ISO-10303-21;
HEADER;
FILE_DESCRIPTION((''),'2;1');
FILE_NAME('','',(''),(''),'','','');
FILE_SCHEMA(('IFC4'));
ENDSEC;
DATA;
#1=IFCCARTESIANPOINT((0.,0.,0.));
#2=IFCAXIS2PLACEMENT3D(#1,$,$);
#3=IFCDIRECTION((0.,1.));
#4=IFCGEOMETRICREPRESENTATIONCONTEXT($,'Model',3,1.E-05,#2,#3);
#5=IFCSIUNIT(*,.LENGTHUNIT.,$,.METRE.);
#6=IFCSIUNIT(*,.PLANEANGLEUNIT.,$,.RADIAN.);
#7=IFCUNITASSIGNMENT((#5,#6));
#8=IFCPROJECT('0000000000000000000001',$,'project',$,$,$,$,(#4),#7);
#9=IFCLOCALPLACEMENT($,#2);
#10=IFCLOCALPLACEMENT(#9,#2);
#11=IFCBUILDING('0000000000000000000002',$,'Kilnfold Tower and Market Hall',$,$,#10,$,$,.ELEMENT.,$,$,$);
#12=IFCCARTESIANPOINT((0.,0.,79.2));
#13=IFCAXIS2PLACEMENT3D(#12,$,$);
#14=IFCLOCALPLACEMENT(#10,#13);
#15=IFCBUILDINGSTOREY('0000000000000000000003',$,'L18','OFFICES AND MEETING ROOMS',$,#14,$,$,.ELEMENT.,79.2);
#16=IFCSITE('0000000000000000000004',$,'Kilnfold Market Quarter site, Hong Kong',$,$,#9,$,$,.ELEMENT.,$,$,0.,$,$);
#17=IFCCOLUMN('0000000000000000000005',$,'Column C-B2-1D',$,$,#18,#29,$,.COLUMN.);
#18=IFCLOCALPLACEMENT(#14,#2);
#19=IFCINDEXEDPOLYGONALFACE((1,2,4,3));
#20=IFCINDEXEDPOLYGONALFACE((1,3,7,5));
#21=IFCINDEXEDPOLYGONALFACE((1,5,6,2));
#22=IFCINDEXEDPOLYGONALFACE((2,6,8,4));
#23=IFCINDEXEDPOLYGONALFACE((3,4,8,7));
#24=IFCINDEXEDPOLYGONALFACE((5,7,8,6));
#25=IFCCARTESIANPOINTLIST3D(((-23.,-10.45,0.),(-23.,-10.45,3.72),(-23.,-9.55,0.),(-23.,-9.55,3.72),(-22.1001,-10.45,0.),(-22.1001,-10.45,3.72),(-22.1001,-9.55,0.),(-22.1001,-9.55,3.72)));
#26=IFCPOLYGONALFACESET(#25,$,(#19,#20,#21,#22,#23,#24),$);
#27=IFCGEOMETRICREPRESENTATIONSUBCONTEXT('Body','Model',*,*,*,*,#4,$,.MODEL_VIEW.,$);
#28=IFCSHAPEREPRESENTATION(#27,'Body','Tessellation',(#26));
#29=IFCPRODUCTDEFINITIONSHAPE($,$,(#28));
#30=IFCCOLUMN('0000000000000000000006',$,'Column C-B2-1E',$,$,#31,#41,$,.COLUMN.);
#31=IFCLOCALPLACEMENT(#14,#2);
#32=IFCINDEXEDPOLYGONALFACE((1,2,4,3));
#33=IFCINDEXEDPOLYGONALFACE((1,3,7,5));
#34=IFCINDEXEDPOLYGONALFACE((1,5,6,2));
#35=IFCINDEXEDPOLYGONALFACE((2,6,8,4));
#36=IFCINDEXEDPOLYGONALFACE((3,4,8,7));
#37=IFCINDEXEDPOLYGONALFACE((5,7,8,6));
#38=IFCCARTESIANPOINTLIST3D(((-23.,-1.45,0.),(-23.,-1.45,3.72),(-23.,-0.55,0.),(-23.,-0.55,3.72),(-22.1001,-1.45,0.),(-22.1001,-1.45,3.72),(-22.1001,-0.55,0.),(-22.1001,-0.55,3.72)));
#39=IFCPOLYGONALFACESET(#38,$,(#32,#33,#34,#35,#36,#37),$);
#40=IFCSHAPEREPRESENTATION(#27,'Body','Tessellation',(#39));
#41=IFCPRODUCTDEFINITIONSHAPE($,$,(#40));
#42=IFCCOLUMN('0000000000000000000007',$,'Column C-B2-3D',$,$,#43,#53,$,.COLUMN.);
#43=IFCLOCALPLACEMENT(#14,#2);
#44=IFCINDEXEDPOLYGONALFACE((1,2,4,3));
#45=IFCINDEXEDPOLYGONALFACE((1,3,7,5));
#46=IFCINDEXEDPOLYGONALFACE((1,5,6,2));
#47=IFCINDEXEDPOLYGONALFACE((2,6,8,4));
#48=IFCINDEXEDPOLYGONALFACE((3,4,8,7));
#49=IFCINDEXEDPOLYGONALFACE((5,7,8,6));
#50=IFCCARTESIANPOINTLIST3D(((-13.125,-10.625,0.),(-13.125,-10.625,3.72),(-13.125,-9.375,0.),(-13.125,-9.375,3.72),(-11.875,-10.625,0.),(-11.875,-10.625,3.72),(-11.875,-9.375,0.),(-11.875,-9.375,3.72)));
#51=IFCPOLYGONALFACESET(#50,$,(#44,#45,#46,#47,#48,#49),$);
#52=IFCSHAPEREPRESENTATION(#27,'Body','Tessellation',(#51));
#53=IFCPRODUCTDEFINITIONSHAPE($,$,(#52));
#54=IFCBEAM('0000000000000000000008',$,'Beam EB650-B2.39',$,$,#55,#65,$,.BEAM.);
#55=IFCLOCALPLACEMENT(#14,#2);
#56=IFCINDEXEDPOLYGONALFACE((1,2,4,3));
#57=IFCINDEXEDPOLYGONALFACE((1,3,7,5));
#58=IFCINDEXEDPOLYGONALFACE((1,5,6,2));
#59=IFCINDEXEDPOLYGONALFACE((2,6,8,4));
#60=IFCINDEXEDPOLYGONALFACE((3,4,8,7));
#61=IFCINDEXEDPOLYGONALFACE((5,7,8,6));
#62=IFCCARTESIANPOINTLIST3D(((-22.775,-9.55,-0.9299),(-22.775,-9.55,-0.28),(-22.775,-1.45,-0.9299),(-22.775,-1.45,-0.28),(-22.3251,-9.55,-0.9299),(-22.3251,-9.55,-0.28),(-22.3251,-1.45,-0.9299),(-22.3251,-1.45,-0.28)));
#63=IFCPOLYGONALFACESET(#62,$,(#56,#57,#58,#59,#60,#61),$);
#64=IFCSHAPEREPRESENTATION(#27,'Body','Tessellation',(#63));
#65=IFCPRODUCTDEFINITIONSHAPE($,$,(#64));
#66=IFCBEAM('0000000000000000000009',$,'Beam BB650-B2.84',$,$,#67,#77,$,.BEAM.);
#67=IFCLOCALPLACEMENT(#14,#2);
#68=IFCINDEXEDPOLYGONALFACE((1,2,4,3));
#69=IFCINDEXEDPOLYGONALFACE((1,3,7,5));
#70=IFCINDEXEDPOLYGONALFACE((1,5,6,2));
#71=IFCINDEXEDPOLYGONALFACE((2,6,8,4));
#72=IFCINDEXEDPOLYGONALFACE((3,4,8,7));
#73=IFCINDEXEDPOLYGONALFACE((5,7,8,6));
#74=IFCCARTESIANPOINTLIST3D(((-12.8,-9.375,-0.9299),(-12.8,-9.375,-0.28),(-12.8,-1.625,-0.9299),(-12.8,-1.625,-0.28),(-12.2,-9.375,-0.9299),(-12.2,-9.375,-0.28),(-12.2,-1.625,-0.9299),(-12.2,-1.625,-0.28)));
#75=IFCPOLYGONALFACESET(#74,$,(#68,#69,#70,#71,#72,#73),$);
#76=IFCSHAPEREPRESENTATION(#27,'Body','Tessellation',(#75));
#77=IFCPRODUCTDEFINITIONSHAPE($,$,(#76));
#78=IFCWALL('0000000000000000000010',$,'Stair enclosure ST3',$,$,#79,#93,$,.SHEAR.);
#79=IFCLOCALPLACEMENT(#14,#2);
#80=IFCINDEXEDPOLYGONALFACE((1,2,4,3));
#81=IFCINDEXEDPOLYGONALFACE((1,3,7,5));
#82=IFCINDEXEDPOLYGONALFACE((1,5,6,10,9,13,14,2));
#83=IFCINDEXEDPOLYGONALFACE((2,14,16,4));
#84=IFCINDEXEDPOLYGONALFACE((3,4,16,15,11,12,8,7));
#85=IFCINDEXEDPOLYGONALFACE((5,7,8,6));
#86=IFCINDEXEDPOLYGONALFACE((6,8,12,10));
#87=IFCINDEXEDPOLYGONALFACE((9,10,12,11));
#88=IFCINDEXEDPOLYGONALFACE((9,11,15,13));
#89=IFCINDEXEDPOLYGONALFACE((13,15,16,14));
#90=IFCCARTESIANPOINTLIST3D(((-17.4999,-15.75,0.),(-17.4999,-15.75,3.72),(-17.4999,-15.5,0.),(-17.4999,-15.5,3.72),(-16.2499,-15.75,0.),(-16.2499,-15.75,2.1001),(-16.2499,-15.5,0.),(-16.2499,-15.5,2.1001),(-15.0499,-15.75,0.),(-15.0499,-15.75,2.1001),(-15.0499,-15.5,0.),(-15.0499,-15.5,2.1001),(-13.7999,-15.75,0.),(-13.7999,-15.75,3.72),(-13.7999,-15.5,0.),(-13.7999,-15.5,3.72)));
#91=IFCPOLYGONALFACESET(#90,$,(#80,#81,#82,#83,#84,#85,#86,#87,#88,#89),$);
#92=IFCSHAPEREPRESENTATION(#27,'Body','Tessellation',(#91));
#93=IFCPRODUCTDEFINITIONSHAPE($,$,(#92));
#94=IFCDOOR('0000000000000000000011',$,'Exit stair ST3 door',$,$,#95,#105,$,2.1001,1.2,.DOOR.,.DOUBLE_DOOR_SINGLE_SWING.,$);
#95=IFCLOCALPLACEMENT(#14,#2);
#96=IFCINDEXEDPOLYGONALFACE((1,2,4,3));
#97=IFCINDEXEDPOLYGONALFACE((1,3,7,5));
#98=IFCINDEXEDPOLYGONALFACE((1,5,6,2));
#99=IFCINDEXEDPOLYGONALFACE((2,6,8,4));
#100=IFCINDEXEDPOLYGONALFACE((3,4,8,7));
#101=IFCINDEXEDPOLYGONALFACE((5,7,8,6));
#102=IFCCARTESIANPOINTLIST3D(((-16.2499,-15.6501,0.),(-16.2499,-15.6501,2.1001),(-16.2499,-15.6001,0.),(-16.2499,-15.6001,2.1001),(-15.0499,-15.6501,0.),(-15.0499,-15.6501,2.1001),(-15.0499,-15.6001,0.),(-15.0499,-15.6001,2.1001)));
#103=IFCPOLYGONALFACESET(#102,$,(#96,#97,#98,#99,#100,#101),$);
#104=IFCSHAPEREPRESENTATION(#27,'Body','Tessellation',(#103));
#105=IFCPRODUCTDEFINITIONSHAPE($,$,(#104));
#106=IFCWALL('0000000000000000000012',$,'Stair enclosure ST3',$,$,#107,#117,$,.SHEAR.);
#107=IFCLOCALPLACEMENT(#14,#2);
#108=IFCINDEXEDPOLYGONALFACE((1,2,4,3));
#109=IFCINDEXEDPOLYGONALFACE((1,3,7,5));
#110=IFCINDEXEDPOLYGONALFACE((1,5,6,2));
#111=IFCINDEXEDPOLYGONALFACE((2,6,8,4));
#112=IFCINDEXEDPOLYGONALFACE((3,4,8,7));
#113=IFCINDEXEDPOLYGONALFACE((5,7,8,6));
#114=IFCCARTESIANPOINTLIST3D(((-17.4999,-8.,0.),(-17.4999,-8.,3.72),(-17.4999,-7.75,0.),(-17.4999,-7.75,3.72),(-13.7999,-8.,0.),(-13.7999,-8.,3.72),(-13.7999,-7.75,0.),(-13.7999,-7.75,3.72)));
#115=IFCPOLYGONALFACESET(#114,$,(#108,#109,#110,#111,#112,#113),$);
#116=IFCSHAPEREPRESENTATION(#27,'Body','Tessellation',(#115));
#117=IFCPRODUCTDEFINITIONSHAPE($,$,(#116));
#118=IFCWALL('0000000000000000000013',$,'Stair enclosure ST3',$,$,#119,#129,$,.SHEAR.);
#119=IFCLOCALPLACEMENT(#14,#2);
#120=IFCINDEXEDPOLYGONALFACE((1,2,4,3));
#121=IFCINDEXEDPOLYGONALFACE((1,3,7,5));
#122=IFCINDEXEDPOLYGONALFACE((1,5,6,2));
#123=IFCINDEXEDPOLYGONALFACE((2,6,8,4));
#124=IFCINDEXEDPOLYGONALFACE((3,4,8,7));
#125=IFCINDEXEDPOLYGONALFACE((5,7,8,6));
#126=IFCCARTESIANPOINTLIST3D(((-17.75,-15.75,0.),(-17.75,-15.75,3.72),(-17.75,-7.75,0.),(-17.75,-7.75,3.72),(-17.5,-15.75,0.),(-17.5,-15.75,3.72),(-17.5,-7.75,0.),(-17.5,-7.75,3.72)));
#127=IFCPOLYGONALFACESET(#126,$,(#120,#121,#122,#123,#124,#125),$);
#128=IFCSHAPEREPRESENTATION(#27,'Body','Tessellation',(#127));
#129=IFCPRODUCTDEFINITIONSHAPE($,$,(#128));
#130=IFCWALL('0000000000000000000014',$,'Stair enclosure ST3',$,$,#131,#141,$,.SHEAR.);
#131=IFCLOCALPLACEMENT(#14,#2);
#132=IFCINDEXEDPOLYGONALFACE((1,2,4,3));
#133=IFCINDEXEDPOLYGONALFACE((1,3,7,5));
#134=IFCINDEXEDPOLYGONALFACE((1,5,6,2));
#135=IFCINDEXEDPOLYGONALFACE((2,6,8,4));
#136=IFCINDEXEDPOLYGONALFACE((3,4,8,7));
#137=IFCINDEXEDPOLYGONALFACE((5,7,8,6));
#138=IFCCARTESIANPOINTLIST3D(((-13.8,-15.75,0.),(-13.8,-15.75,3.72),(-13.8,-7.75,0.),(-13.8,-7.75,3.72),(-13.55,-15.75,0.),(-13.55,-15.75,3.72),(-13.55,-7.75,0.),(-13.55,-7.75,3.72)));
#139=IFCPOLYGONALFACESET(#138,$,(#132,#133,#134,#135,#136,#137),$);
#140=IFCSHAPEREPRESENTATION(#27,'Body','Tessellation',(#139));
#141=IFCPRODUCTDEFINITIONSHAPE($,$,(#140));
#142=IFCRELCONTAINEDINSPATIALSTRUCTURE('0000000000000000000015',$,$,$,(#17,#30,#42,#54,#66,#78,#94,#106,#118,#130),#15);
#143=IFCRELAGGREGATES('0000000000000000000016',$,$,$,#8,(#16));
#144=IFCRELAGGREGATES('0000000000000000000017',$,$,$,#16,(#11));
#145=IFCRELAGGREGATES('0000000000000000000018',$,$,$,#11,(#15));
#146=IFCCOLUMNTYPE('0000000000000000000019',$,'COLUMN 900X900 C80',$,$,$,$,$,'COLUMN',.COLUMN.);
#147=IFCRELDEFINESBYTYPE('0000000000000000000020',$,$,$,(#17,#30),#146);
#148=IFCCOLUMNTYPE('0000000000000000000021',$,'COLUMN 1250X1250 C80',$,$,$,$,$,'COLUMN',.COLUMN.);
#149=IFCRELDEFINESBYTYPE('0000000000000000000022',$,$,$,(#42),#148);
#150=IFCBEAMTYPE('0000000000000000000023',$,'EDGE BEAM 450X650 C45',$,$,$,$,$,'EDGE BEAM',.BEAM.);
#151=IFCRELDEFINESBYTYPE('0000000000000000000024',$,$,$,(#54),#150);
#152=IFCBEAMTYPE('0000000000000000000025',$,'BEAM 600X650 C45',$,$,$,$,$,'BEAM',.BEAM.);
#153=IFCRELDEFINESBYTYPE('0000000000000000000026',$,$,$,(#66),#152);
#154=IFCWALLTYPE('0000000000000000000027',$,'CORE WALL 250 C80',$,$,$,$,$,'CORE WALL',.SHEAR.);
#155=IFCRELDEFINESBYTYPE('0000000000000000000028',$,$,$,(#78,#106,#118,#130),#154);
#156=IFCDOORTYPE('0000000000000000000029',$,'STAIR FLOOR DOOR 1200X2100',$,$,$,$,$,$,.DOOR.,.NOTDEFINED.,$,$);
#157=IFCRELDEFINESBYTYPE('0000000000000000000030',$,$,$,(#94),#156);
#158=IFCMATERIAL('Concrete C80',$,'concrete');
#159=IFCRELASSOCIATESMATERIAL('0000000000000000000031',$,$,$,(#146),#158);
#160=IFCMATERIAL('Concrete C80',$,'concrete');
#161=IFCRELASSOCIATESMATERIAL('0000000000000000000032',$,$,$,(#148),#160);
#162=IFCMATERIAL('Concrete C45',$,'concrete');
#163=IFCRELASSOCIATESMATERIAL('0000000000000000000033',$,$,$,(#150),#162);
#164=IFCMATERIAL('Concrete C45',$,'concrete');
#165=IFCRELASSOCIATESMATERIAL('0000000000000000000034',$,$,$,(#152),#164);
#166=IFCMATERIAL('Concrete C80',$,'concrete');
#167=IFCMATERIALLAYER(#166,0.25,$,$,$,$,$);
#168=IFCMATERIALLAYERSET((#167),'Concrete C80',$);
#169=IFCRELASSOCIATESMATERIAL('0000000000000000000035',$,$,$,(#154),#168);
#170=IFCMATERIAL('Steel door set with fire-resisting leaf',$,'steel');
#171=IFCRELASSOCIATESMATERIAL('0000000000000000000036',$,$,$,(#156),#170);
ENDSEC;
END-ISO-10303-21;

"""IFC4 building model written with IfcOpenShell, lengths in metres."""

from ifc_helpers import new_model, si_unit, direction, frame, frame_2d, origin, origin_2d, place, context, subcontext, project, spatial, rectangle, extrude, source, transform, mapped, material, layer, layer_set, material_profile, profile_set, type_object, element, fill, save


model = new_model("IFC4")

# Units and contexts
model_context = context("Model", 3, precision=1e-05, world=origin(), true_north=direction((0.0, 1.0)))
body_context = subcontext(model_context, "Body", "Model", "MODEL_VIEW")
ifc_project = project(units=[si_unit("LENGTHUNIT", "METRE"), si_unit("PLANEANGLEUNIT", "RADIAN")], contexts=[model_context])

# Site, building, storey
site_placement = place(None, origin())
site = spatial("IfcSite", under=ifc_project, at=site_placement, Name="Kilnfold Market Quarter site, Hong Kong", CompositionType="ELEMENT", RefElevation=0.0)
building_placement = place(site_placement, origin())
building = spatial("IfcBuilding", under=site, at=building_placement, Name="Kilnfold Tower and Market Hall", CompositionType="ELEMENT")
storey_placement = place(building_placement, frame((0.0, 0.0, 79.2)))
storey = spatial("IfcBuildingStorey", under=building, at=storey_placement, Name="L18", Description="OFFICES AND MEETING ROOMS", CompositionType="ELEMENT", Elevation=79.2)

# Columns
ifc_material_1 = material(Name="Concrete C80", Category="concrete")
ifc_material_profile_1 = material_profile(ifc_material_1, rectangle(XDim=0.8999, YDim=0.8999, at=origin_2d()), Name="RC 900x900")
ifc_profile_set_1 = profile_set([ifc_material_profile_1], Name="Concrete C80")
column_type_1 = type_object("IfcColumnType", Name="COLUMN 900X900 C80", ElementType="COLUMN", PredefinedType="COLUMN", material=ifc_profile_set_1)
shared_shape_1 = source(origin(), body_context, "Body", "SweptSolid", [
    extrude(rectangle(XDim=0.8999, YDim=0.8999, at=origin_2d()), origin(), (0.0, 0.0, 1.0), 3.72),
])
for number, where, z_axis, x_axis, name in (
    (1, (-22.55, -10.0, 0.0), (0.0, 0.0, 1.0), (1.0, 0.0, 0.0), "Column C-B2-1D"),
    (2, (-22.55, -1.0, 0.0), (0.0, 0.0, 1.0), (1.0, 0.0, 0.0), "Column C-B2-1E"),
):
    element("IfcColumn", number, at=place(storey_placement, frame(where, z_axis=z_axis, x_axis=x_axis)), inside=storey, type_object=column_type_1, Name=name, PredefinedType="COLUMN", context=body_context, shape_type="MappedRepresentation", body=[
        mapped(shared_shape_1, transform((0.0, 0.0, 0.0))),
    ])
ifc_material_2 = material(Name="Concrete C80", Category="concrete")
ifc_material_profile_2 = material_profile(ifc_material_2, rectangle(XDim=1.25, YDim=1.25, at=origin_2d()), Name="RC 1250x1250")
ifc_profile_set_2 = profile_set([ifc_material_profile_2], Name="Concrete C80")
column_type_2 = type_object("IfcColumnType", Name="COLUMN 1250X1250 C80", ElementType="COLUMN", PredefinedType="COLUMN", material=ifc_profile_set_2)
shared_shape_2 = source(origin(), body_context, "Body", "SweptSolid", [
    extrude(rectangle(XDim=1.25, YDim=1.25, at=origin_2d()), origin(), (0.0, 0.0, 1.0), 3.72),
])
column_placement = place(storey_placement, frame((-12.5, -10.0, 0.0), z_axis=(0.0, 0.0, 1.0), x_axis=(1.0, 0.0, 0.0)))
element("IfcColumn", 3, at=column_placement, inside=storey, type_object=column_type_2, Name="Column C-B2-3D", PredefinedType="COLUMN", context=body_context, shape_type="MappedRepresentation", body=[
    mapped(shared_shape_2, transform((0.0, 0.0, 0.0))),
])

# Beams
ifc_material_3 = material(Name="Concrete C45", Category="concrete")
ifc_material_profile_3 = material_profile(ifc_material_3, rectangle(XDim=0.45, YDim=0.6499, at=origin_2d()), Name="RC 450x650")
ifc_profile_set_3 = profile_set([ifc_material_profile_3], Name="Concrete C45")
beam_type_1 = type_object("IfcBeamType", Name="EDGE BEAM 450X650 C45", ElementType="EDGE BEAM", PredefinedType="BEAM", material=ifc_profile_set_3)
shared_shape_3 = source(origin(), body_context, "Body", "SweptSolid", [
    extrude(rectangle(XDim=0.45, YDim=0.6499, at=origin_2d()), origin(), (0.0, 0.0, 1.0), 8.1001),
])
beam_1_placement = place(storey_placement, frame((-22.55, -9.55, -0.605), z_axis=(0.0, 1.0, 0.0), x_axis=(-1.0, 0.0, 0.0)))
element("IfcBeam", 4, at=beam_1_placement, inside=storey, type_object=beam_type_1, Name="Beam EB650-B2.39", PredefinedType="BEAM", context=body_context, shape_type="MappedRepresentation", body=[
    mapped(shared_shape_3, transform((0.0, 0.0, 0.0))),
])
ifc_material_4 = material(Name="Concrete C45", Category="concrete")
ifc_material_profile_4 = material_profile(ifc_material_4, rectangle(XDim=0.6001, YDim=0.6499, at=origin_2d()), Name="RC 600x650")
ifc_profile_set_4 = profile_set([ifc_material_profile_4], Name="Concrete C45")
beam_type_2 = type_object("IfcBeamType", Name="BEAM 600X650 C45", ElementType="BEAM", PredefinedType="BEAM", material=ifc_profile_set_4)
shared_shape_4 = source(origin(), body_context, "Body", "SweptSolid", [
    extrude(rectangle(XDim=0.6001, YDim=0.6499, at=origin_2d()), origin(), (0.0, 0.0, 1.0), 7.75),
])
beam_2_placement = place(storey_placement, frame((-12.5, -9.375, -0.605), z_axis=(0.0, 1.0, 0.0), x_axis=(-1.0, 0.0, 0.0)))
element("IfcBeam", 5, at=beam_2_placement, inside=storey, type_object=beam_type_2, Name="Beam BB650-B2.84", PredefinedType="BEAM", context=body_context, shape_type="MappedRepresentation", body=[
    mapped(shared_shape_4, transform((0.0, 0.0, 0.0))),
])

# Wall, opening, door
ifc_material_5 = material(Name="Concrete C80", Category="concrete")
ifc_layer_1 = layer(ifc_material_5, 0.25)
ifc_layer_set_1 = layer_set([ifc_layer_1], Name="Concrete C80")
wall_type_1 = type_object("IfcWallType", Name="CORE WALL 250 C80", ElementType="CORE WALL", PredefinedType="SHEAR", material=ifc_layer_set_1)
shared_shape_5 = source(origin(), body_context, "Body", "SweptSolid", [
    extrude(rectangle(XDim=3.7, YDim=0.25, at=frame_2d((1.8501, 0.0))), origin(), (0.0, 0.0, 1.0), 3.72),
])
wall_1_placement = place(storey_placement, frame((-17.5, -15.625, 0.0), z_axis=(0.0, 0.0, 1.0), x_axis=(1.0, 0.0, 0.0)))
wall_1 = element("IfcWall", 6, at=wall_1_placement, inside=storey, type_object=wall_type_1, Name="Stair enclosure ST3", PredefinedType="SHEAR", context=body_context, shape_type="MappedRepresentation", body=[
    mapped(shared_shape_5, transform((0.0, 0.0, 0.0))),
])
opening_1_placement = place(wall_1_placement, frame((1.25, 0.0, 0.0)))
opening_1 = element("IfcOpeningElement", 7, at=opening_1_placement, cuts=wall_1, PredefinedType="OPENING", context=body_context, shape_type="SweptSolid", body=[
    extrude(rectangle(XDim=1.2, YDim=2.1001, at=frame_2d((0.6001, 1.05))), frame((0.0, 0.135, 0.0), z_axis=(0.0, -1.0, 0.0), x_axis=(1.0, 0.0, 0.0)), (0.0, 0.0, 1.0), 0.27),
])
ifc_material_6 = material(Name="Steel door set with fire-resisting leaf", Category="steel")
door_type = type_object("IfcDoorType", Name="STAIR FLOOR DOOR 1200X2100", OperationType="NOTDEFINED", PredefinedType="DOOR", material=ifc_material_6)
door_placement = place(opening_1_placement, origin())
door = element("IfcDoor", 8, at=door_placement, inside=storey, type_object=door_type, Name="Exit stair ST3 door", OperationType="DOUBLE_DOOR_SINGLE_SWING", OverallHeight=2.1001, OverallWidth=1.2, PredefinedType="DOOR", context=body_context, shape_type="SweptSolid", body=[
    extrude(rectangle(XDim=1.2, YDim=2.1001, at=frame_2d((0.6001, 1.05))), frame((0.0, 0.0249, 0.0), z_axis=(0.0, -1.0, 0.0), x_axis=(1.0, 0.0, 0.0)), (0.0, 0.0, 1.0), 0.05),
])
fill(opening_1, door)

# Walls
wall_2_placement = place(storey_placement, frame((-17.5, -7.875, 0.0), z_axis=(0.0, 0.0, 1.0), x_axis=(1.0, 0.0, 0.0)))
element("IfcWall", 9, at=wall_2_placement, inside=storey, type_object=wall_type_1, Name="Stair enclosure ST3", PredefinedType="SHEAR", context=body_context, shape_type="MappedRepresentation", body=[
    mapped(shared_shape_5, transform((0.0, 0.0, 0.0))),
])
shared_shape_6 = source(origin(), body_context, "Body", "SweptSolid", [
    extrude(rectangle(XDim=8.0, YDim=0.25, at=frame_2d((4.0, 0.0))), origin(), (0.0, 0.0, 1.0), 3.72),
])
for number, where, z_axis, x_axis, name in (
    (10, (-17.625, -15.75, 0.0), (0.0, 0.0, 1.0), (0.0, 1.0, 0.0), "Stair enclosure ST3"),
    (11, (-13.675, -15.75, 0.0), (0.0, 0.0, 1.0), (0.0, 1.0, 0.0), "Stair enclosure ST3"),
):
    element("IfcWall", number, at=place(storey_placement, frame(where, z_axis=z_axis, x_axis=x_axis)), inside=storey, type_object=wall_type_1, Name=name, PredefinedType="SHEAR", context=body_context, shape_type="MappedRepresentation", body=[
        mapped(shared_shape_6, transform((0.0, 0.0, 0.0))),
    ])

save(model, "model.ifc")
